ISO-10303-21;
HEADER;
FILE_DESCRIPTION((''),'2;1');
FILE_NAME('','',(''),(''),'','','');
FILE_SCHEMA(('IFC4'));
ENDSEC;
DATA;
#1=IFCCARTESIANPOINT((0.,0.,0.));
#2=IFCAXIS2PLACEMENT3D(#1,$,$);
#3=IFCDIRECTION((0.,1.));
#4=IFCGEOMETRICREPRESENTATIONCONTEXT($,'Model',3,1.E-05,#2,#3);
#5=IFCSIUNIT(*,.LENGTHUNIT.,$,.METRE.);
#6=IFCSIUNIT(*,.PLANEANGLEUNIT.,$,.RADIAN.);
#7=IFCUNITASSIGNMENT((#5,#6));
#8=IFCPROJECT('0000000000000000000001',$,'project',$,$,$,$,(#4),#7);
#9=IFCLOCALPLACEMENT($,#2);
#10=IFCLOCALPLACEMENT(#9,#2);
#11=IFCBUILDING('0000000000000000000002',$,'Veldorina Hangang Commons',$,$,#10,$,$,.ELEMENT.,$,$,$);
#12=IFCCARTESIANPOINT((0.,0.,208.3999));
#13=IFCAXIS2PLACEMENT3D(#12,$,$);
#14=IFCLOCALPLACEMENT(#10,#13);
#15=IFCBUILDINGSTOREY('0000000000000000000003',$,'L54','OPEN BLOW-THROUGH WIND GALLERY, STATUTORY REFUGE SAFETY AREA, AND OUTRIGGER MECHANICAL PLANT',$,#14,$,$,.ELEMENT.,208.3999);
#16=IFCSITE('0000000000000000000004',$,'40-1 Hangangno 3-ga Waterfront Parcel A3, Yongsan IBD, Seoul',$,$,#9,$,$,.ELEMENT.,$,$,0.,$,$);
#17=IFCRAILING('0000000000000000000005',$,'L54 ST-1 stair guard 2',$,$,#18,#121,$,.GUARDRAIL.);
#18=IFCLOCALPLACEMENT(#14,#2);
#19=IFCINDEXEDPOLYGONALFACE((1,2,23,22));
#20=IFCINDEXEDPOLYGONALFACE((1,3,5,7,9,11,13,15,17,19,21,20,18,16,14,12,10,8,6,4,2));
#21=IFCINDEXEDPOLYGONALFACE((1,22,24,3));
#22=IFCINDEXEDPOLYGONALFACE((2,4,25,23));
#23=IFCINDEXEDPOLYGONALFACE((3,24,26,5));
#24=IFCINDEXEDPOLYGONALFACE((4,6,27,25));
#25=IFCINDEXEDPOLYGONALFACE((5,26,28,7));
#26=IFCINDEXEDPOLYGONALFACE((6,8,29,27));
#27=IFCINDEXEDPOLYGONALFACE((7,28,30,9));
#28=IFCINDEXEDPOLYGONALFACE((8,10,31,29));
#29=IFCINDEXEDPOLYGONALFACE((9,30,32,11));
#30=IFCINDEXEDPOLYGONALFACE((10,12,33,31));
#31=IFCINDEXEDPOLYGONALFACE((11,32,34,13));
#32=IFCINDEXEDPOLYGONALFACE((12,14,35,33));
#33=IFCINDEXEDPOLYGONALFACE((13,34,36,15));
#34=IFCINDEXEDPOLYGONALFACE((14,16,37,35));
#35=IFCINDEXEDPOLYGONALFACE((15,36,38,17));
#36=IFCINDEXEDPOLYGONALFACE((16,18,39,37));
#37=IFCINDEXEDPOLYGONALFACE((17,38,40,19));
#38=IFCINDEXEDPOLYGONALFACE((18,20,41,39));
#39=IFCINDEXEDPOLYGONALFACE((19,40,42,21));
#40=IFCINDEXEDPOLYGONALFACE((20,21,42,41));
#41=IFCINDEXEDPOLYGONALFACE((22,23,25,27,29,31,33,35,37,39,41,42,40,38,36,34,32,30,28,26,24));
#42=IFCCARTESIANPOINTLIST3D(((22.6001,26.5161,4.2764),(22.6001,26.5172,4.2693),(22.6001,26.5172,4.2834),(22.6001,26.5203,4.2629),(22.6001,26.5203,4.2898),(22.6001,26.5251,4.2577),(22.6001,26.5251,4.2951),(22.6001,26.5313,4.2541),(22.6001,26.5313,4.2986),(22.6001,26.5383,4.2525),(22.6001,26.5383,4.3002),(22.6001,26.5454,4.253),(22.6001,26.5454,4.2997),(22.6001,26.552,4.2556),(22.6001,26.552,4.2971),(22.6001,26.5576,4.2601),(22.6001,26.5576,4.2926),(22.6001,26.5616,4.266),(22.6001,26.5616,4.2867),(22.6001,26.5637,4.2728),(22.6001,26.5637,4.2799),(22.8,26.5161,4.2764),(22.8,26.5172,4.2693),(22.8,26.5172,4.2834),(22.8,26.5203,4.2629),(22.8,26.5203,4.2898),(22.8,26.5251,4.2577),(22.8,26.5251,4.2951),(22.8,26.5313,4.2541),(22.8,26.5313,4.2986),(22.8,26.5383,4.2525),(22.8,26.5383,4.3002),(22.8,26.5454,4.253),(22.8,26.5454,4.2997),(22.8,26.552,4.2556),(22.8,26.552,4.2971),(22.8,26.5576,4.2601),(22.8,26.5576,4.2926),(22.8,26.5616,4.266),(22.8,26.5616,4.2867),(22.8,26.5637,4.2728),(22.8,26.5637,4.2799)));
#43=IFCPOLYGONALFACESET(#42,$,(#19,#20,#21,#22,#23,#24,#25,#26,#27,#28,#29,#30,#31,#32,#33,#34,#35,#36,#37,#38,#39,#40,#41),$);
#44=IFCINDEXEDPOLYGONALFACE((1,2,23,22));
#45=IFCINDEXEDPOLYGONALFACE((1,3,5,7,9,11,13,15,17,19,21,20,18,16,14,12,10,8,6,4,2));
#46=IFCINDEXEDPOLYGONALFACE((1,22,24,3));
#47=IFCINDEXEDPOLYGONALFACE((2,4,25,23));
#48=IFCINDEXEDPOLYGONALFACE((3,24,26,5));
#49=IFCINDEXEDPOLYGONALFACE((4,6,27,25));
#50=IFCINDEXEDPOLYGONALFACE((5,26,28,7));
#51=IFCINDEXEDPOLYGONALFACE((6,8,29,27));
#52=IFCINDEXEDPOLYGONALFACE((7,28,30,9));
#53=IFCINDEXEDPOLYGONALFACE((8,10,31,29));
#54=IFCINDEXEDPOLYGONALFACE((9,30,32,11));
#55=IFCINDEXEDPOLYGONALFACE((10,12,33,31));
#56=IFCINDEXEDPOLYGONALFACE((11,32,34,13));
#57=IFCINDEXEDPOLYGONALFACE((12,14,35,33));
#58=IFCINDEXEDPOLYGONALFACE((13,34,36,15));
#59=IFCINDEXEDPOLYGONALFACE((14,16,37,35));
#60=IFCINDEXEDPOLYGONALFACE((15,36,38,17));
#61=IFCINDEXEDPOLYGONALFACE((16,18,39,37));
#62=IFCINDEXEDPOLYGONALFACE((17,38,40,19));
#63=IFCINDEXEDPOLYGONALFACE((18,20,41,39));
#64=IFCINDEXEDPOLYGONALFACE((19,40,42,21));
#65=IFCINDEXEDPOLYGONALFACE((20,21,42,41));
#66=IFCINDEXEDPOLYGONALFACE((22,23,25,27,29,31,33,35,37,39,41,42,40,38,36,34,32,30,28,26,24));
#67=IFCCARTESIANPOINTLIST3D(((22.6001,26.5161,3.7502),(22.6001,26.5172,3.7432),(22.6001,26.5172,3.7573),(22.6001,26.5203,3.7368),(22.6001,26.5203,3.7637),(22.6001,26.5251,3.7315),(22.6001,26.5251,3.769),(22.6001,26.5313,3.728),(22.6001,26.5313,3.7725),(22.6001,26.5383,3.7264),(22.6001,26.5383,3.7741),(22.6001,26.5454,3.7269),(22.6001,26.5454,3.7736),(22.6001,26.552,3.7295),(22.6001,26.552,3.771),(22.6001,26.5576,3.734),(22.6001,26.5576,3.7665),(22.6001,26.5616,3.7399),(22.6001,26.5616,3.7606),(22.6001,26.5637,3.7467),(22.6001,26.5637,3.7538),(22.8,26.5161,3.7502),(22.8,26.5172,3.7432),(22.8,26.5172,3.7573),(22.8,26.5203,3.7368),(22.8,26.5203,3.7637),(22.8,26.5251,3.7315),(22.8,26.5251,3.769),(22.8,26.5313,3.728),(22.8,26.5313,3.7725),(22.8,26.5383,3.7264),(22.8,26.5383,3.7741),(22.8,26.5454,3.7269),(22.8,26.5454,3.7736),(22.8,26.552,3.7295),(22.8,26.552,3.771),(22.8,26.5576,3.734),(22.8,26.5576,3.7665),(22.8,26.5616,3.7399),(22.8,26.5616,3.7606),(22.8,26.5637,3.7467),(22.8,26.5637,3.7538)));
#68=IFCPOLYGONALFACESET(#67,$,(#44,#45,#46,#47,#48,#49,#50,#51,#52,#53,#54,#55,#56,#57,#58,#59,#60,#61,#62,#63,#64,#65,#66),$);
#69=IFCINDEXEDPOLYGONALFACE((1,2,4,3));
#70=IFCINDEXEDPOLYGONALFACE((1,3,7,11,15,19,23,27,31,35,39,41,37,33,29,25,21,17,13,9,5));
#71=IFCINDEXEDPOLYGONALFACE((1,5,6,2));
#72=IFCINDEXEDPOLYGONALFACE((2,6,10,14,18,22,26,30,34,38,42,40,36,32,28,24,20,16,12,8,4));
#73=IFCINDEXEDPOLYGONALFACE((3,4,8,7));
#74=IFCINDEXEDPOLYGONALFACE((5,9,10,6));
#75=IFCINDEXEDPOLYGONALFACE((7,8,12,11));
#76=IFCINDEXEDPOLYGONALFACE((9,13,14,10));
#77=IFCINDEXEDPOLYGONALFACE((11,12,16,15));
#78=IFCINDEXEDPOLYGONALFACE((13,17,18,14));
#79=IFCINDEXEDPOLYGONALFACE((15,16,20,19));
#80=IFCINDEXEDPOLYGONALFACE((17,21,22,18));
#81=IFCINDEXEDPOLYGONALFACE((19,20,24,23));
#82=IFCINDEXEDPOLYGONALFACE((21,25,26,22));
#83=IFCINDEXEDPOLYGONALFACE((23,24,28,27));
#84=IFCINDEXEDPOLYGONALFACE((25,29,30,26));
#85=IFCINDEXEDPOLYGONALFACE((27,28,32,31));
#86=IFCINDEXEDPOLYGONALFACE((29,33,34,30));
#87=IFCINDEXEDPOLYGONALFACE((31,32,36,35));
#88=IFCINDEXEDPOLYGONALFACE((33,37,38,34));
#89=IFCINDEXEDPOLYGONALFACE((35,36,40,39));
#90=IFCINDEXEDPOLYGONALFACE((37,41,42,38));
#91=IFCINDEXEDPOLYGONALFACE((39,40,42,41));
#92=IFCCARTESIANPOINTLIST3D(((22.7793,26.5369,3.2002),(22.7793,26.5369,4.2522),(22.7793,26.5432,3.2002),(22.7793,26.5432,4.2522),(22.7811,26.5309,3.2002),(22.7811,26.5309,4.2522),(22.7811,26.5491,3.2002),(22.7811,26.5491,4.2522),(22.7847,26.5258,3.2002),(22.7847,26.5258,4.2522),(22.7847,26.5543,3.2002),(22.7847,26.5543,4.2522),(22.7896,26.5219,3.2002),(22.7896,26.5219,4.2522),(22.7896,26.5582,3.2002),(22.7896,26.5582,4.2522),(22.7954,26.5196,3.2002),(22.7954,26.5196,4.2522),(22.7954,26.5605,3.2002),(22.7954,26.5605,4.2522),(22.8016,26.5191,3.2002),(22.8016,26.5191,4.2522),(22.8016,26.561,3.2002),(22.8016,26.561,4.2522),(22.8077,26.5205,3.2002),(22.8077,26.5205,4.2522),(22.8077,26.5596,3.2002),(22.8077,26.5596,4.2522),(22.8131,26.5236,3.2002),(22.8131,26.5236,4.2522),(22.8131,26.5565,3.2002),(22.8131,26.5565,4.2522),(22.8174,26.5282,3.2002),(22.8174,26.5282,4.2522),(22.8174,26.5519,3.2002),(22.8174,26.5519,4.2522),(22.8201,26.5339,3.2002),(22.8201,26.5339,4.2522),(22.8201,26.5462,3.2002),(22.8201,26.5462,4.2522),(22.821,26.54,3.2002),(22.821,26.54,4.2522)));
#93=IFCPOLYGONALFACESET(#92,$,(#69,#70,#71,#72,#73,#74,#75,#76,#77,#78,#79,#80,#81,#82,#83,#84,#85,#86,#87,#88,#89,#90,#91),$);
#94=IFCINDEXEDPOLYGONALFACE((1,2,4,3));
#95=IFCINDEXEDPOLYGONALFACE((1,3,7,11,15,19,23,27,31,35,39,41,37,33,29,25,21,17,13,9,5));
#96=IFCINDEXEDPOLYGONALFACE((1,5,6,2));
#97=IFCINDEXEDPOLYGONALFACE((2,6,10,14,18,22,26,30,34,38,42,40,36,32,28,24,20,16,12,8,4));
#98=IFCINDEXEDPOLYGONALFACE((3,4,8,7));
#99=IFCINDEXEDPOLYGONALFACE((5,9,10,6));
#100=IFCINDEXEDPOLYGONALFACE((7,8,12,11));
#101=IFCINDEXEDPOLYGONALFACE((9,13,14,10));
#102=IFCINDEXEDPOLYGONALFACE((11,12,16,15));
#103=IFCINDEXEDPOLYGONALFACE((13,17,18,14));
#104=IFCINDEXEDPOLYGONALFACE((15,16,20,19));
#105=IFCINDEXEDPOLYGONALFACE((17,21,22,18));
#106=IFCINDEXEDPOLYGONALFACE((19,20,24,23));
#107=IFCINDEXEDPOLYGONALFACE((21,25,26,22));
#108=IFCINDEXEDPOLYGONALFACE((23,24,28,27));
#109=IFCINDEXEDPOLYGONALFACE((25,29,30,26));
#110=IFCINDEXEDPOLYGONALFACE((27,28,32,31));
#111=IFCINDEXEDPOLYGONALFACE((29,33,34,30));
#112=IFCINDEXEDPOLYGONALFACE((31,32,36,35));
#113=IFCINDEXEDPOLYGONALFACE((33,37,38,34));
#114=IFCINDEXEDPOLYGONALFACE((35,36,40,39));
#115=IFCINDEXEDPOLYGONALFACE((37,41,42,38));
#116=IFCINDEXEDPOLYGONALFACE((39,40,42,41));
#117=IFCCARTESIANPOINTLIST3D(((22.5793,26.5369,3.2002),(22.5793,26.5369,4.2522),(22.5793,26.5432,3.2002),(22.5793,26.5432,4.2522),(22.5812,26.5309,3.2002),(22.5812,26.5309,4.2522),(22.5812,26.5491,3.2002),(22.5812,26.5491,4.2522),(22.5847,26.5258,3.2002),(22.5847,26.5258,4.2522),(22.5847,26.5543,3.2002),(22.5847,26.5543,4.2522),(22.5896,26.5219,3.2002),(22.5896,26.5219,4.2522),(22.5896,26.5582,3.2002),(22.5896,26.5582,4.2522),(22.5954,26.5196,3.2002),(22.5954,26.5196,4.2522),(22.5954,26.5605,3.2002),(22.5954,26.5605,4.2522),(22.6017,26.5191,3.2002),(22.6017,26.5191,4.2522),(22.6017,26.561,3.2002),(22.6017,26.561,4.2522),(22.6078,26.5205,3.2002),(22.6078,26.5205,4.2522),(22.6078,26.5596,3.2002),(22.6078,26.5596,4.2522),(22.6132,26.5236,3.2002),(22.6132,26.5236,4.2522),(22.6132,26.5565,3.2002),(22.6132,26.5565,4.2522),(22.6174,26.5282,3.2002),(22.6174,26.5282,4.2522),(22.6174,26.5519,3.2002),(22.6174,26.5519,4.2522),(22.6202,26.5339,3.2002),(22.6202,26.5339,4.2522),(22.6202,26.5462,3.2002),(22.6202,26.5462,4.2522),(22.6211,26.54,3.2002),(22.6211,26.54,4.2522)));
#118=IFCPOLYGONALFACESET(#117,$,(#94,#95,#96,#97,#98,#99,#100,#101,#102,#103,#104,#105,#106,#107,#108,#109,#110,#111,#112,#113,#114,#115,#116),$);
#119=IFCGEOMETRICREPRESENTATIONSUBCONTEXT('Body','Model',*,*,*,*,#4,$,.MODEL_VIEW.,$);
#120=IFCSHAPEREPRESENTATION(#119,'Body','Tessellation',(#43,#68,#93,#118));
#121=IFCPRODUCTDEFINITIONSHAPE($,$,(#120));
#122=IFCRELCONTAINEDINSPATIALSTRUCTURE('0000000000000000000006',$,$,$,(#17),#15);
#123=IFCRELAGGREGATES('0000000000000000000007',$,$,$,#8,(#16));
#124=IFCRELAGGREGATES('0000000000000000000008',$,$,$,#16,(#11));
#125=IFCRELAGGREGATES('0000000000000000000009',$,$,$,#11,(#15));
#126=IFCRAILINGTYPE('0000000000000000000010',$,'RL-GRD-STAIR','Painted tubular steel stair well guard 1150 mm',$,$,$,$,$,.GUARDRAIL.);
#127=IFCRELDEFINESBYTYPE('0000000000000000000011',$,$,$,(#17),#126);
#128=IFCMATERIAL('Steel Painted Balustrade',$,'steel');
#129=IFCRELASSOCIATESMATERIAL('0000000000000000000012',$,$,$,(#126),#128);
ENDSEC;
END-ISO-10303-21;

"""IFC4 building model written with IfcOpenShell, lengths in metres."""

from ifc_helpers import new_model, si_unit, direction, frame, origin, origin_2d, place, context, subcontext, project, spatial, circle, extrude, material, type_object, element, save


model = new_model("IFC4")

# Units and contexts
model_context = context("Model", 3, precision=1e-05, world=origin(), true_north=direction((0.0, 1.0)))
body_context = subcontext(model_context, "Body", "Model", "MODEL_VIEW")
ifc_project = project(units=[si_unit("LENGTHUNIT", "METRE"), si_unit("PLANEANGLEUNIT", "RADIAN")], contexts=[model_context])

# Site, building, storey
site_placement = place(None, origin())
site = spatial("IfcSite", under=ifc_project, at=site_placement, Name="40-1 Hangangno 3-ga Waterfront Parcel A3, Yongsan IBD, Seoul", CompositionType="ELEMENT", RefElevation=0.0)
building_placement = place(site_placement, origin())
building = spatial("IfcBuilding", under=site, at=building_placement, Name="Veldorina Hangang Commons", CompositionType="ELEMENT")
storey_placement = place(building_placement, frame((0.0, 0.0, 208.3999)))
storey = spatial("IfcBuildingStorey", under=building, at=storey_placement, Name="L54", Description="OPEN BLOW-THROUGH WIND GALLERY, STATUTORY REFUGE SAFETY AREA, AND OUTRIGGER MECHANICAL PLANT", CompositionType="ELEMENT", Elevation=208.3999)

# Railing
ifc_material_1 = material(Name="Steel Painted Balustrade", Category="steel")
railing_type_1 = type_object("IfcRailingType", Name="RL-GRD-STAIR", Description="Painted tubular steel stair well guard 1150 mm", PredefinedType="GUARDRAIL", material=ifc_material_1)
railing_1_placement = place(storey_placement, frame((22.8, 26.54, 3.2002)))
element("IfcRailing", 1, at=railing_1_placement, inside=storey, type_object=railing_type_1, Name="L54 ST-1 stair guard 2", PredefinedType="GUARDRAIL", context=body_context, shape_type="SweptSolid", body=[
    extrude(circle(Radius=0.0239, at=origin_2d()), frame((0.0, 0.0, 1.0762), z_axis=(-1.0, 0.0, 0.0), x_axis=(0.0, -1.0, 0.0)), (0.0, 0.0, 1.0), 0.2),
    extrude(circle(Radius=0.0239, at=origin_2d()), frame((0.0, 0.0, 0.55), z_axis=(-1.0, 0.0, 0.0), x_axis=(0.0, -1.0, 0.0)), (0.0, 0.0, 1.0), 0.2),
    extrude(circle(Radius=0.021, at=origin_2d()), origin(), (0.0, 0.0, 1.0), 1.052),
    extrude(circle(Radius=0.021, at=origin_2d()), frame((-0.2, 0.0, 0.0)), (0.0, 0.0, 1.0), 1.052),
])

save(model, "model.ifc")
